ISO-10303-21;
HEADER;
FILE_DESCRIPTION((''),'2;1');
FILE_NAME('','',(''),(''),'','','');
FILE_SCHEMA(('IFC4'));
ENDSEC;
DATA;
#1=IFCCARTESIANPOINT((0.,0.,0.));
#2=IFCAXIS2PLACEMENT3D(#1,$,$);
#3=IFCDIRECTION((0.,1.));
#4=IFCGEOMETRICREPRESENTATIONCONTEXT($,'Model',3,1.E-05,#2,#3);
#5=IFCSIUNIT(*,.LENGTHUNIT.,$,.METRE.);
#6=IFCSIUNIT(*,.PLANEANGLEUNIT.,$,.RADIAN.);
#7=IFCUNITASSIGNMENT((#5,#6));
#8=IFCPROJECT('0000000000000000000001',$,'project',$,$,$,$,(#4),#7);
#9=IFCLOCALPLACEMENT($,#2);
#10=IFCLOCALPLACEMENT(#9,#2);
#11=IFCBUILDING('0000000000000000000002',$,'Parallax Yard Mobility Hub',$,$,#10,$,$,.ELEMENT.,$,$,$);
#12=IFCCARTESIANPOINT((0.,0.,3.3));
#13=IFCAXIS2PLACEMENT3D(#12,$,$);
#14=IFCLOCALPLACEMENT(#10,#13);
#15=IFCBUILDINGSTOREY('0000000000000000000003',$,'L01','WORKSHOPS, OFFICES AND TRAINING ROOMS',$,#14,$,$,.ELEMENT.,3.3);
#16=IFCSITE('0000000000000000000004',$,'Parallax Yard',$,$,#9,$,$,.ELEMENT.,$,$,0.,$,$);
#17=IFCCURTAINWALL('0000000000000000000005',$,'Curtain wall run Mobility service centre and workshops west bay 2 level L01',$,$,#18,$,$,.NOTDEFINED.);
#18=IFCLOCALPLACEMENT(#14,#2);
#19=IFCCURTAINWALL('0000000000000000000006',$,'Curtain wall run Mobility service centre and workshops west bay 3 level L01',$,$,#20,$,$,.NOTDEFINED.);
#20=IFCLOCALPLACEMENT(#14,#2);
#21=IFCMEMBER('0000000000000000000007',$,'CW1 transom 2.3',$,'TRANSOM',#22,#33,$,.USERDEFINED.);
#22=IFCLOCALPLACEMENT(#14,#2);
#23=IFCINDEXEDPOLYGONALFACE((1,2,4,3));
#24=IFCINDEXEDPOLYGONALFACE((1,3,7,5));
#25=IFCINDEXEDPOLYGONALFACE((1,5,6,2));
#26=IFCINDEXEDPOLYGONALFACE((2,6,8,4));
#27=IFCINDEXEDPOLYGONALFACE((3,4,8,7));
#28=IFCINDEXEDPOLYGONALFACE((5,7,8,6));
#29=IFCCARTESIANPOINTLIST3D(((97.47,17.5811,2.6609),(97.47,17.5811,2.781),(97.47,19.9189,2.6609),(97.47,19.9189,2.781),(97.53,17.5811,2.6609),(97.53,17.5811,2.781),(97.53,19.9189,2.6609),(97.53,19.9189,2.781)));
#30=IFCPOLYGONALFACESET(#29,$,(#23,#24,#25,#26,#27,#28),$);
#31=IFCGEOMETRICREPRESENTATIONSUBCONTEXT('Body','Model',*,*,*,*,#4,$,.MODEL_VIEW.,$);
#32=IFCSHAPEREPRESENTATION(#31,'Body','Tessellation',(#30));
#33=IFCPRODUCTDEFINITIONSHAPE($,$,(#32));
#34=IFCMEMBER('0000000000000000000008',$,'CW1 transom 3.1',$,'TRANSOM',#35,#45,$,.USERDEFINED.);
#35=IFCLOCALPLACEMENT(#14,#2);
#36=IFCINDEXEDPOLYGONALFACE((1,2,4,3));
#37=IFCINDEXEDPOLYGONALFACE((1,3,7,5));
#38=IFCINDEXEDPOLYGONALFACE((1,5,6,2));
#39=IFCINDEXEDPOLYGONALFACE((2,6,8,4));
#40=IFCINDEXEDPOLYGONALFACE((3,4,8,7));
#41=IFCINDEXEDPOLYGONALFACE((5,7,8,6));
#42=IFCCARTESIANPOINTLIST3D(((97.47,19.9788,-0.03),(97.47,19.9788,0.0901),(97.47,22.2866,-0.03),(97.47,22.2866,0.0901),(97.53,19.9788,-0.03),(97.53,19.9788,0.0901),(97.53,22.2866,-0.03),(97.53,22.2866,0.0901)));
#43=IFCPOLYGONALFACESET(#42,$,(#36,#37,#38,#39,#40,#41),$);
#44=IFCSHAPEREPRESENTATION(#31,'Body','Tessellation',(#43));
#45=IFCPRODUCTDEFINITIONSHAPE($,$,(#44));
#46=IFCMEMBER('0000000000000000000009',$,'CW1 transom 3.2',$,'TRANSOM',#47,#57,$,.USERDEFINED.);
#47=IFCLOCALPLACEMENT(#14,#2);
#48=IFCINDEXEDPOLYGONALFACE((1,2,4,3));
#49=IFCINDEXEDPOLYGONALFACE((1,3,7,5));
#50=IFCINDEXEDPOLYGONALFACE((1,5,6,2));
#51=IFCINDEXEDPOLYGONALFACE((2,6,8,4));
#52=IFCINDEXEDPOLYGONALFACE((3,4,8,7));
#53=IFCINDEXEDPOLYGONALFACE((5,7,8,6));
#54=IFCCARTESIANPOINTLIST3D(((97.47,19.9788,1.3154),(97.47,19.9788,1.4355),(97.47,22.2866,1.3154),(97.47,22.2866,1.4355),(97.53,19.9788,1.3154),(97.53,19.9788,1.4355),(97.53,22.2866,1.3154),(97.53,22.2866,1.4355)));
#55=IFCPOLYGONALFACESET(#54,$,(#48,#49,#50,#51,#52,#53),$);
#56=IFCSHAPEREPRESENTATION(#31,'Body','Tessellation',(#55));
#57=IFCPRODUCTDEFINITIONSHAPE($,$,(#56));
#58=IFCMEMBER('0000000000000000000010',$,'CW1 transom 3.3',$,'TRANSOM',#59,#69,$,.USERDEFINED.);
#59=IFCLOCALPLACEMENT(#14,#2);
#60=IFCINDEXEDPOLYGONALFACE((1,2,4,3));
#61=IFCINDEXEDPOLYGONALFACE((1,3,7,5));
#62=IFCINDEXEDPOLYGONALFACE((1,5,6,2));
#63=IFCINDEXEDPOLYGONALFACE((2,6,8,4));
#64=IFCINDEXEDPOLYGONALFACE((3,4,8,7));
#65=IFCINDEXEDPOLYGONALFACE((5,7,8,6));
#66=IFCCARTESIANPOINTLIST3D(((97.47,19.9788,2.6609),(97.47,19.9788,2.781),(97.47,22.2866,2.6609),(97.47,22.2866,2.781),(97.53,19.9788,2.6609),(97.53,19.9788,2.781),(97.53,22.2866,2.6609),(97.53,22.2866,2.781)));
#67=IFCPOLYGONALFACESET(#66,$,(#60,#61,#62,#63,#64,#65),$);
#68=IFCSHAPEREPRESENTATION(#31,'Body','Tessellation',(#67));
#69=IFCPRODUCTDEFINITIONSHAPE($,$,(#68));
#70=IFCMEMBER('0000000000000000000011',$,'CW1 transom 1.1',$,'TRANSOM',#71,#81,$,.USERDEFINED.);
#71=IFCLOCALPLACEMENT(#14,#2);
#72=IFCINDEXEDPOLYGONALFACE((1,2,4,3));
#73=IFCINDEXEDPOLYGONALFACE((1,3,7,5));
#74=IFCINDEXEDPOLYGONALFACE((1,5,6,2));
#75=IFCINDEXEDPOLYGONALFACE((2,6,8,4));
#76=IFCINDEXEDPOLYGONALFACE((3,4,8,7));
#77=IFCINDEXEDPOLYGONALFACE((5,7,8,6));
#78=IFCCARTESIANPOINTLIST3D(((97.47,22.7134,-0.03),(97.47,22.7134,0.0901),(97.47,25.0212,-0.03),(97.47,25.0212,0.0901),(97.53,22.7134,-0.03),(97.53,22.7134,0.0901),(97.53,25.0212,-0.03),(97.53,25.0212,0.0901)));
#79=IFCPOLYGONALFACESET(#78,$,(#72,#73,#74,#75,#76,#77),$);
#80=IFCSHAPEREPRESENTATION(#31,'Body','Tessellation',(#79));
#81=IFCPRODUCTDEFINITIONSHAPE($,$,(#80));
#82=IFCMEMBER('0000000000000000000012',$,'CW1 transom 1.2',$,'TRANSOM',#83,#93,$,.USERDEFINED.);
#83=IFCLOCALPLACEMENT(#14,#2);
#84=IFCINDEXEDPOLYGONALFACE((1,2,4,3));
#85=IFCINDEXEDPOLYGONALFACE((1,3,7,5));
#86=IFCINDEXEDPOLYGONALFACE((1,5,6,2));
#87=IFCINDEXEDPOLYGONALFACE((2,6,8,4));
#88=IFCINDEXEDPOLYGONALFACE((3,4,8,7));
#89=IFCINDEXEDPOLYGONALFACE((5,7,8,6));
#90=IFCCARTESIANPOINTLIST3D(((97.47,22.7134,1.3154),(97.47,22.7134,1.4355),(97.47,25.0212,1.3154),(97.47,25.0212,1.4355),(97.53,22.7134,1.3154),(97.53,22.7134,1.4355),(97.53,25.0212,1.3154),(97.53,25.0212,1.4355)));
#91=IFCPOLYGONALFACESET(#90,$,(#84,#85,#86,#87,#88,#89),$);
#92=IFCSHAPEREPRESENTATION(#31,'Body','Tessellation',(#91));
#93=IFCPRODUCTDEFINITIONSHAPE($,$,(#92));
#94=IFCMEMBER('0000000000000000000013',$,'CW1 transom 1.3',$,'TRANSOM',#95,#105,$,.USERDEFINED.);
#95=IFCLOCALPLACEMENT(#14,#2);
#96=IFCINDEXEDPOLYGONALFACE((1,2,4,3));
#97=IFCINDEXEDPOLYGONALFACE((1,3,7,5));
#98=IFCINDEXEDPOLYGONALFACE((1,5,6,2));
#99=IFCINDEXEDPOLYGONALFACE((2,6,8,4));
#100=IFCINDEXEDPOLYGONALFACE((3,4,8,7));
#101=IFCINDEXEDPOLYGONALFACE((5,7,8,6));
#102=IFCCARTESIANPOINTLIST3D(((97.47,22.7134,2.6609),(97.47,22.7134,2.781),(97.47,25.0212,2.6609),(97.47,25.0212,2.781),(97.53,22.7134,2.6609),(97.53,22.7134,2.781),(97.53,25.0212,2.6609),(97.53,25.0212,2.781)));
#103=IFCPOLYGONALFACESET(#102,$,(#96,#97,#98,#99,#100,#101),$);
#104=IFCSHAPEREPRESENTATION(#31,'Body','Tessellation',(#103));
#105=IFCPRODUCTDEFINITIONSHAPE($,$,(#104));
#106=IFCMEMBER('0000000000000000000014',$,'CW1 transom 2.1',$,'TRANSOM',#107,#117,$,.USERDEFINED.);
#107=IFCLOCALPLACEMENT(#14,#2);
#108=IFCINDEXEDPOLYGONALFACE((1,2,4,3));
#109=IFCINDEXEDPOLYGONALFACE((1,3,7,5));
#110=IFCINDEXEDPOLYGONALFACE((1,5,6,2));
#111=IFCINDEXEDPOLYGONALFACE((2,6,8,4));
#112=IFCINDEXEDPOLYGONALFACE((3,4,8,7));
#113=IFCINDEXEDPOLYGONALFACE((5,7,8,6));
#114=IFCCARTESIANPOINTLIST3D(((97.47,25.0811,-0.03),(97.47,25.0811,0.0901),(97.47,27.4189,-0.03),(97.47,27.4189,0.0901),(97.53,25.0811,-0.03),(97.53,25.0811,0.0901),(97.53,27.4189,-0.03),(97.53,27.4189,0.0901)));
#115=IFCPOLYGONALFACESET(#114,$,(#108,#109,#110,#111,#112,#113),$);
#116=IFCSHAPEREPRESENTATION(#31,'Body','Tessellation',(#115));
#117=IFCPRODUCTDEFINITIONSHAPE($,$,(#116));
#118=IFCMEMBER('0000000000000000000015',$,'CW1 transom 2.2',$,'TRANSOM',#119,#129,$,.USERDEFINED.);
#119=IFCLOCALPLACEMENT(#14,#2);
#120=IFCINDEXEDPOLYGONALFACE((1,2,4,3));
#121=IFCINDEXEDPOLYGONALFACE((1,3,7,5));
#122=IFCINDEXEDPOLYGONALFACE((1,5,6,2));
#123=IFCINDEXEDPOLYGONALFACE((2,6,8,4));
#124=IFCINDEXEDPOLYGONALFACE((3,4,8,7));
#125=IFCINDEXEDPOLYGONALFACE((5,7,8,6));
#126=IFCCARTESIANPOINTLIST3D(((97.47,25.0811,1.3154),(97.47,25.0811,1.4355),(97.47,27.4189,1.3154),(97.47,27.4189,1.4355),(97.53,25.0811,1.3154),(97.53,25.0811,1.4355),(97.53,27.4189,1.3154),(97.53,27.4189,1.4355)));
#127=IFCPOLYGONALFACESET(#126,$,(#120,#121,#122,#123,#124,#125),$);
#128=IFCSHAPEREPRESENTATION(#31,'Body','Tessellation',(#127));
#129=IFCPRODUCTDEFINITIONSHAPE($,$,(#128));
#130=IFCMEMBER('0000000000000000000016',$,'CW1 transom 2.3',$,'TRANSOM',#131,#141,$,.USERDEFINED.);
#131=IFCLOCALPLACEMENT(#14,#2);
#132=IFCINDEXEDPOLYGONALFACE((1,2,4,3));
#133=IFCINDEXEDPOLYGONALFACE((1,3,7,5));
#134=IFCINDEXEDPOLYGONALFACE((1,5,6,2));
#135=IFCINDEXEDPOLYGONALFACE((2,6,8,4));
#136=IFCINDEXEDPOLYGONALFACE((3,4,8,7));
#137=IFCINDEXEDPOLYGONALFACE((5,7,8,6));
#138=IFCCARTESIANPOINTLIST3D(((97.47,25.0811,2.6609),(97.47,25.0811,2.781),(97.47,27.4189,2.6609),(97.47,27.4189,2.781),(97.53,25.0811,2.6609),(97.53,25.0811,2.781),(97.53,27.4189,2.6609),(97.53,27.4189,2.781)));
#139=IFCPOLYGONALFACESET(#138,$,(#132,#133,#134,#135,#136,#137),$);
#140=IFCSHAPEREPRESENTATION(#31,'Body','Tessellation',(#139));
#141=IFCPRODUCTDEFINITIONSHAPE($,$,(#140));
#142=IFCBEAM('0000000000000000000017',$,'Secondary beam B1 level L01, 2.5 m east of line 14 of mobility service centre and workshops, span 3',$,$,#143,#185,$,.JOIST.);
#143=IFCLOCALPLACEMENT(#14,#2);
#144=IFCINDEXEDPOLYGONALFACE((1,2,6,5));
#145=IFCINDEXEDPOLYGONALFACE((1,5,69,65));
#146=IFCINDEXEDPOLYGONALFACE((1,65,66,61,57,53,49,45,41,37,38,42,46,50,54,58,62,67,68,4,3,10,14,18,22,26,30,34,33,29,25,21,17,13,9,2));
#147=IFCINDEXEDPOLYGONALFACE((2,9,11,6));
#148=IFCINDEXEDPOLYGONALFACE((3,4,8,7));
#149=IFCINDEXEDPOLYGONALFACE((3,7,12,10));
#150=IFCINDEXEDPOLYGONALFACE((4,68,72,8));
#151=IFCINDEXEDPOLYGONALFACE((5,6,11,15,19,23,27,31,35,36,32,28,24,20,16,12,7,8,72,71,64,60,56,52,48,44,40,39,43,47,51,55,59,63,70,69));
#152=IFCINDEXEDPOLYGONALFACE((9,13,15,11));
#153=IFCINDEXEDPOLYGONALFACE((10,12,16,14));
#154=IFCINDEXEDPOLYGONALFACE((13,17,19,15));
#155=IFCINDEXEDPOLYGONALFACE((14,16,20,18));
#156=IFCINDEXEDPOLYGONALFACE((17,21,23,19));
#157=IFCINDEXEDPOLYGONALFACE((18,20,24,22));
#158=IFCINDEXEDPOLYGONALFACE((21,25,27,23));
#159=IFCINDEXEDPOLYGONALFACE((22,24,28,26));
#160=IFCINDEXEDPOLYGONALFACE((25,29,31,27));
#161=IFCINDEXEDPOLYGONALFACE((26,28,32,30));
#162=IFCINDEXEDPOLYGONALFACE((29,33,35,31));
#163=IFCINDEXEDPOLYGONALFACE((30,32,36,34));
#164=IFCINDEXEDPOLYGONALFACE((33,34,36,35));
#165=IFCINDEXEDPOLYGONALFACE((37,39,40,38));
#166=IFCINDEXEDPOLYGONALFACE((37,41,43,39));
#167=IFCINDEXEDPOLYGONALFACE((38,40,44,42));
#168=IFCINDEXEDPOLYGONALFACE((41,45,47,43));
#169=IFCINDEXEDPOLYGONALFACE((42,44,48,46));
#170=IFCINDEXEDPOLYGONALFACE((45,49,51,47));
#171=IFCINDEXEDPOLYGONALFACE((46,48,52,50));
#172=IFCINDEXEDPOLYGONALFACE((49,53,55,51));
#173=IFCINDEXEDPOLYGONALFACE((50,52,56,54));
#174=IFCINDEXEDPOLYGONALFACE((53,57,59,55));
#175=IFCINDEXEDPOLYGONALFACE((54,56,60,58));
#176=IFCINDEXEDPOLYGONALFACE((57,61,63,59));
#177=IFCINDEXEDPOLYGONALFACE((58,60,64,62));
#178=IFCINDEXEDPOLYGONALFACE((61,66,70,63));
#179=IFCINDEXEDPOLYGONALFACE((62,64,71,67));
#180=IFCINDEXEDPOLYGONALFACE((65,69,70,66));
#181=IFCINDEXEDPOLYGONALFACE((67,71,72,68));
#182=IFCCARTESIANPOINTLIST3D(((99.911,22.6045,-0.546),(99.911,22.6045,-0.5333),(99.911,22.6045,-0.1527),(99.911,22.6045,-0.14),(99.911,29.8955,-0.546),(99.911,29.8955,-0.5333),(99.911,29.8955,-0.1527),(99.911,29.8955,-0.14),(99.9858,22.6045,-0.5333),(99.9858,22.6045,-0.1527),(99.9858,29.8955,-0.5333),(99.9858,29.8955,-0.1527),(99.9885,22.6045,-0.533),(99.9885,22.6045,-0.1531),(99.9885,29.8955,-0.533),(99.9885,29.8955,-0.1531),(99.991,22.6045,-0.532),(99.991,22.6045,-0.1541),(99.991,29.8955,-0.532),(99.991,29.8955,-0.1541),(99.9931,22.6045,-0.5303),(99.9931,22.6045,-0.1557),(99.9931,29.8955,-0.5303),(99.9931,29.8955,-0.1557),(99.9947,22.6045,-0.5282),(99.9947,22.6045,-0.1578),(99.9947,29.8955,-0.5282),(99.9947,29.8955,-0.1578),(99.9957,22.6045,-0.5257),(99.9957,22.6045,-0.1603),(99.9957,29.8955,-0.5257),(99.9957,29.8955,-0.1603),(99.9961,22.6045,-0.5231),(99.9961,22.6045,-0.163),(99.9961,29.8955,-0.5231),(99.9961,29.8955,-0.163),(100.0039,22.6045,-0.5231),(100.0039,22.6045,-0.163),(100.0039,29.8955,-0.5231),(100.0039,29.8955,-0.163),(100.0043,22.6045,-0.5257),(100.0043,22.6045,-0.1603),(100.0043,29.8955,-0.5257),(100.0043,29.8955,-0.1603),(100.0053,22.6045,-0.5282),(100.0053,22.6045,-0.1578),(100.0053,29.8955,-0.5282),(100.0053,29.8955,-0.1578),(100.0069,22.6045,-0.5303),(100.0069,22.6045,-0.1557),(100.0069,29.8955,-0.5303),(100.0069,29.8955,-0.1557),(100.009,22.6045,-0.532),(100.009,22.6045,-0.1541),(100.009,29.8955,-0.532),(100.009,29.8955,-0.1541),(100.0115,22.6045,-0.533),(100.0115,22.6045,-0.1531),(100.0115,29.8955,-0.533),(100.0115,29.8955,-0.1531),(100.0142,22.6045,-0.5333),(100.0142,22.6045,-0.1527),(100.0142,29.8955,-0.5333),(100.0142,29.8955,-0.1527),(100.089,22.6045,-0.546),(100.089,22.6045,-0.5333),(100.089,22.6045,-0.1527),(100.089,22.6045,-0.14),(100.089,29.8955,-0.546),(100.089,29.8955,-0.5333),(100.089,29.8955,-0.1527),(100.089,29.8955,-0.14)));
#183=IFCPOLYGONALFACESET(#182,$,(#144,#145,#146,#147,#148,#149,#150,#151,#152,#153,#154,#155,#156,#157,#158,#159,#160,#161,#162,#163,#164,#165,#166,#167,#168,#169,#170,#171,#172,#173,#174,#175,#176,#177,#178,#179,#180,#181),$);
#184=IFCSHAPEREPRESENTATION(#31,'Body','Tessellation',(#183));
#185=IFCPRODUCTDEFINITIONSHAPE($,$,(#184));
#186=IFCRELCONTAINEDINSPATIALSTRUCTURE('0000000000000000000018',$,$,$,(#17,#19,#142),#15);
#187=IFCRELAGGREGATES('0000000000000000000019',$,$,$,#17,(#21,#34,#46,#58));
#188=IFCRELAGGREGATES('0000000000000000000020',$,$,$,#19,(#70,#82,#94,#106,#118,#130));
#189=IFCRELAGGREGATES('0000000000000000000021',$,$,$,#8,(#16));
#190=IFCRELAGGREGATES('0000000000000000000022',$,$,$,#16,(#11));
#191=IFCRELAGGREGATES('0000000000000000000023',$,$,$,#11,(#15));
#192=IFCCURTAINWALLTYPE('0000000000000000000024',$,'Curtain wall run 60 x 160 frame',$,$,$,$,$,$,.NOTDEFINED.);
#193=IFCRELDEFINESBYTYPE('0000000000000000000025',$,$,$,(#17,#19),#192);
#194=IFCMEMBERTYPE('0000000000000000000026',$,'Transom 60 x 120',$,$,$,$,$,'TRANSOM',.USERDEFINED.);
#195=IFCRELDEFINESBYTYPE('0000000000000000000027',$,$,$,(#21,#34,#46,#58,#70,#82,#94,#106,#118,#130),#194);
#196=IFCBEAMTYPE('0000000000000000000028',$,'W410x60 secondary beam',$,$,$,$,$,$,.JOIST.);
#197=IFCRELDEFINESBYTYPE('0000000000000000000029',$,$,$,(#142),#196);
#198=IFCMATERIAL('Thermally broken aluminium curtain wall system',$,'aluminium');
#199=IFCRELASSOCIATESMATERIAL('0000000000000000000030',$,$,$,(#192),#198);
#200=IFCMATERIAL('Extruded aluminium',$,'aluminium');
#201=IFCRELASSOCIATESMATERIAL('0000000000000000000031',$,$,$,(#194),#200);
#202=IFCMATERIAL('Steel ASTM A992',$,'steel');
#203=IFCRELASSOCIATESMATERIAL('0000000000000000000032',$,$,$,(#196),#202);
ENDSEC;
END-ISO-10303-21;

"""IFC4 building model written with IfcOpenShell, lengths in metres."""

from ifc_helpers import new_model, si_unit, direction, frame, origin, origin_2d, place, context, subcontext, project, spatial, rectangle, i_section, extrude, material, material_profile, profile_set, type_object, element, aggregate, save


model = new_model("IFC4")

# Units and contexts
model_context = context("Model", 3, precision=1e-05, world=origin(), true_north=direction((0.0, 1.0)))
body_context = subcontext(model_context, "Body", "Model", "MODEL_VIEW")
ifc_project = project(units=[si_unit("LENGTHUNIT", "METRE"), si_unit("PLANEANGLEUNIT", "RADIAN")], contexts=[model_context])

# Site, building, storey
site_placement = place(None, origin())
site = spatial("IfcSite", under=ifc_project, at=site_placement, Name="Parallax Yard", CompositionType="ELEMENT", RefElevation=0.0)
building_placement = place(site_placement, origin())
building = spatial("IfcBuilding", under=site, at=building_placement, Name="Parallax Yard Mobility Hub", CompositionType="ELEMENT")
storey_placement = place(building_placement, frame((0.0, 0.0, 3.3)))
storey = spatial("IfcBuildingStorey", under=building, at=storey_placement, Name="L01", Description="WORKSHOPS, OFFICES AND TRAINING ROOMS", CompositionType="ELEMENT", Elevation=3.3)

# Shared definitions
ifc_material_1 = material(Name="Steel ASTM A992", Category="steel")

# Curtain walls
ifc_material_2 = material(Name="Thermally broken aluminium curtain wall system", Category="aluminium")
curtain_wall_type = type_object("IfcCurtainWallType", Name="Curtain wall run 60 x 160 frame", PredefinedType="NOTDEFINED", material=ifc_material_2)
curtain_wall_1_placement = place(storey_placement, origin())
curtain_wall_1 = element("IfcCurtainWall", 1, at=curtain_wall_1_placement, inside=storey, type_object=curtain_wall_type, Name="Curtain wall run Mobility service centre and workshops west bay 2 level L01", PredefinedType="NOTDEFINED")
ifc_material_3 = material(Name="Extruded aluminium", Category="aluminium")
curtain_wall_2_placement = place(storey_placement, origin())
curtain_wall_2 = element("IfcCurtainWall", 2, at=curtain_wall_2_placement, inside=storey, type_object=curtain_wall_type, Name="Curtain wall run Mobility service centre and workshops west bay 3 level L01", PredefinedType="NOTDEFINED")

# Members
ifc_material_profile_1 = material_profile(ifc_material_3, rectangle(XDim=0.0601, YDim=0.1201, at=origin_2d()), Name="Transom 60 x 120")
ifc_profile_set_1 = profile_set([ifc_material_profile_1], Name="Extruded aluminium")
member_type_1 = type_object("IfcMemberType", Name="Transom 60 x 120", ElementType="TRANSOM", PredefinedType="USERDEFINED", material=ifc_profile_set_1)
member_1_placement = place(storey_placement, frame((97.5, 17.5811, 2.7209), z_axis=(0.0, 1.0, 0.0), x_axis=(-1.0, 0.0, 0.0)))
member_1 = element("IfcMember", 3, at=member_1_placement, type_object=member_type_1, Name="CW1 transom 2.3", ObjectType="TRANSOM", PredefinedType="USERDEFINED", context=body_context, shape_type="SweptSolid", body=[
    extrude(rectangle(XDim=0.0601, YDim=0.1201, at=origin_2d()), origin(), (0.0, 0.0, 1.0), 2.3379),
])
member_2_placement = place(storey_placement, frame((97.5, 19.9788, 0.03), z_axis=(0.0, 1.0, 0.0), x_axis=(-1.0, 0.0, 0.0)))
member_2 = element("IfcMember", 4, at=member_2_placement, type_object=member_type_1, Name="CW1 transom 3.1", ObjectType="TRANSOM", PredefinedType="USERDEFINED", context=body_context, shape_type="SweptSolid", body=[
    extrude(rectangle(XDim=0.0601, YDim=0.1201, at=origin_2d()), origin(), (0.0, 0.0, 1.0), 2.3079),
])
member_3_placement = place(storey_placement, frame((97.5, 19.9788, 1.3755), z_axis=(0.0, 1.0, 0.0), x_axis=(-1.0, 0.0, 0.0)))
member_3 = element("IfcMember", 5, at=member_3_placement, type_object=member_type_1, Name="CW1 transom 3.2", ObjectType="TRANSOM", PredefinedType="USERDEFINED", context=body_context, shape_type="SweptSolid", body=[
    extrude(rectangle(XDim=0.0601, YDim=0.1201, at=origin_2d()), origin(), (0.0, 0.0, 1.0), 2.3079),
])
member_4_placement = place(storey_placement, frame((97.5, 19.9788, 2.7209), z_axis=(0.0, 1.0, 0.0), x_axis=(-1.0, 0.0, 0.0)))
member_4 = element("IfcMember", 6, at=member_4_placement, type_object=member_type_1, Name="CW1 transom 3.3", ObjectType="TRANSOM", PredefinedType="USERDEFINED", context=body_context, shape_type="SweptSolid", body=[
    extrude(rectangle(XDim=0.0601, YDim=0.1201, at=origin_2d()), origin(), (0.0, 0.0, 1.0), 2.3079),
])
member_5_placement = place(storey_placement, frame((97.5, 22.7134, 0.03), z_axis=(0.0, 1.0, 0.0), x_axis=(-1.0, 0.0, 0.0)))
member_5 = element("IfcMember", 7, at=member_5_placement, type_object=member_type_1, Name="CW1 transom 1.1", ObjectType="TRANSOM", PredefinedType="USERDEFINED", context=body_context, shape_type="SweptSolid", body=[
    extrude(rectangle(XDim=0.0601, YDim=0.1201, at=origin_2d()), origin(), (0.0, 0.0, 1.0), 2.3079),
])
member_6_placement = place(storey_placement, frame((97.5, 22.7134, 1.3755), z_axis=(0.0, 1.0, 0.0), x_axis=(-1.0, 0.0, 0.0)))
member_6 = element("IfcMember", 8, at=member_6_placement, type_object=member_type_1, Name="CW1 transom 1.2", ObjectType="TRANSOM", PredefinedType="USERDEFINED", context=body_context, shape_type="SweptSolid", body=[
    extrude(rectangle(XDim=0.0601, YDim=0.1201, at=origin_2d()), origin(), (0.0, 0.0, 1.0), 2.3079),
])
member_7_placement = place(storey_placement, frame((97.5, 22.7134, 2.7209), z_axis=(0.0, 1.0, 0.0), x_axis=(-1.0, 0.0, 0.0)))
member_7 = element("IfcMember", 9, at=member_7_placement, type_object=member_type_1, Name="CW1 transom 1.3", ObjectType="TRANSOM", PredefinedType="USERDEFINED", context=body_context, shape_type="SweptSolid", body=[
    extrude(rectangle(XDim=0.0601, YDim=0.1201, at=origin_2d()), origin(), (0.0, 0.0, 1.0), 2.3079),
])
member_8_placement = place(storey_placement, frame((97.5, 25.0811, 0.03), z_axis=(0.0, 1.0, 0.0), x_axis=(-1.0, 0.0, 0.0)))
member_8 = element("IfcMember", 10, at=member_8_placement, type_object=member_type_1, Name="CW1 transom 2.1", ObjectType="TRANSOM", PredefinedType="USERDEFINED", context=body_context, shape_type="SweptSolid", body=[
    extrude(rectangle(XDim=0.0601, YDim=0.1201, at=origin_2d()), origin(), (0.0, 0.0, 1.0), 2.3379),
])
member_9_placement = place(storey_placement, frame((97.5, 25.0811, 1.3755), z_axis=(0.0, 1.0, 0.0), x_axis=(-1.0, 0.0, 0.0)))
member_9 = element("IfcMember", 11, at=member_9_placement, type_object=member_type_1, Name="CW1 transom 2.2", ObjectType="TRANSOM", PredefinedType="USERDEFINED", context=body_context, shape_type="SweptSolid", body=[
    extrude(rectangle(XDim=0.0601, YDim=0.1201, at=origin_2d()), origin(), (0.0, 0.0, 1.0), 2.3379),
])
member_10_placement = place(storey_placement, frame((97.5, 25.0811, 2.7209), z_axis=(0.0, 1.0, 0.0), x_axis=(-1.0, 0.0, 0.0)))
member_10 = element("IfcMember", 12, at=member_10_placement, type_object=member_type_1, Name="CW1 transom 2.3", ObjectType="TRANSOM", PredefinedType="USERDEFINED", context=body_context, shape_type="SweptSolid", body=[
    extrude(rectangle(XDim=0.0601, YDim=0.1201, at=origin_2d()), origin(), (0.0, 0.0, 1.0), 2.3379),
])

# Beam
ifc_material_profile_2 = material_profile(ifc_material_1, i_section(OverallWidth=0.178, OverallDepth=0.406, WebThickness=0.0078, FlangeThickness=0.0127, FilletRadius=0.0103, at=origin_2d()), Name="W410x60")
ifc_profile_set_2 = profile_set([ifc_material_profile_2], Name="Steel ASTM A992")
beam_type_1 = type_object("IfcBeamType", Name="W410x60 secondary beam", PredefinedType="JOIST", material=ifc_profile_set_2)
for number, where, z_axis, x_axis, name in (
    (13, (100.0, 22.6045, -0.343), (0.0, 1.0, 0.0), (-1.0, 0.0, 0.0), "Secondary beam B1 level L01, 2.5 m east of line 14 of mobility service centre and workshops, span 3"),
):
    element("IfcBeam", number, at=place(storey_placement, frame(where, z_axis=z_axis, x_axis=x_axis)), inside=storey, type_object=beam_type_1, Name=name, PredefinedType="JOIST", context=body_context, shape_type="SweptSolid", body=[
        extrude(i_section(OverallWidth=0.178, OverallDepth=0.406, WebThickness=0.0078, FlangeThickness=0.0127, FilletRadius=0.0103, at=origin_2d()), origin(), (0.0, 0.0, 1.0), 7.291),
    ])

aggregate(curtain_wall_1, [member_1, member_2, member_3, member_4])
aggregate(curtain_wall_2, [member_5, member_6, member_7, member_8, member_9, member_10])

save(model, "model.ifc")
